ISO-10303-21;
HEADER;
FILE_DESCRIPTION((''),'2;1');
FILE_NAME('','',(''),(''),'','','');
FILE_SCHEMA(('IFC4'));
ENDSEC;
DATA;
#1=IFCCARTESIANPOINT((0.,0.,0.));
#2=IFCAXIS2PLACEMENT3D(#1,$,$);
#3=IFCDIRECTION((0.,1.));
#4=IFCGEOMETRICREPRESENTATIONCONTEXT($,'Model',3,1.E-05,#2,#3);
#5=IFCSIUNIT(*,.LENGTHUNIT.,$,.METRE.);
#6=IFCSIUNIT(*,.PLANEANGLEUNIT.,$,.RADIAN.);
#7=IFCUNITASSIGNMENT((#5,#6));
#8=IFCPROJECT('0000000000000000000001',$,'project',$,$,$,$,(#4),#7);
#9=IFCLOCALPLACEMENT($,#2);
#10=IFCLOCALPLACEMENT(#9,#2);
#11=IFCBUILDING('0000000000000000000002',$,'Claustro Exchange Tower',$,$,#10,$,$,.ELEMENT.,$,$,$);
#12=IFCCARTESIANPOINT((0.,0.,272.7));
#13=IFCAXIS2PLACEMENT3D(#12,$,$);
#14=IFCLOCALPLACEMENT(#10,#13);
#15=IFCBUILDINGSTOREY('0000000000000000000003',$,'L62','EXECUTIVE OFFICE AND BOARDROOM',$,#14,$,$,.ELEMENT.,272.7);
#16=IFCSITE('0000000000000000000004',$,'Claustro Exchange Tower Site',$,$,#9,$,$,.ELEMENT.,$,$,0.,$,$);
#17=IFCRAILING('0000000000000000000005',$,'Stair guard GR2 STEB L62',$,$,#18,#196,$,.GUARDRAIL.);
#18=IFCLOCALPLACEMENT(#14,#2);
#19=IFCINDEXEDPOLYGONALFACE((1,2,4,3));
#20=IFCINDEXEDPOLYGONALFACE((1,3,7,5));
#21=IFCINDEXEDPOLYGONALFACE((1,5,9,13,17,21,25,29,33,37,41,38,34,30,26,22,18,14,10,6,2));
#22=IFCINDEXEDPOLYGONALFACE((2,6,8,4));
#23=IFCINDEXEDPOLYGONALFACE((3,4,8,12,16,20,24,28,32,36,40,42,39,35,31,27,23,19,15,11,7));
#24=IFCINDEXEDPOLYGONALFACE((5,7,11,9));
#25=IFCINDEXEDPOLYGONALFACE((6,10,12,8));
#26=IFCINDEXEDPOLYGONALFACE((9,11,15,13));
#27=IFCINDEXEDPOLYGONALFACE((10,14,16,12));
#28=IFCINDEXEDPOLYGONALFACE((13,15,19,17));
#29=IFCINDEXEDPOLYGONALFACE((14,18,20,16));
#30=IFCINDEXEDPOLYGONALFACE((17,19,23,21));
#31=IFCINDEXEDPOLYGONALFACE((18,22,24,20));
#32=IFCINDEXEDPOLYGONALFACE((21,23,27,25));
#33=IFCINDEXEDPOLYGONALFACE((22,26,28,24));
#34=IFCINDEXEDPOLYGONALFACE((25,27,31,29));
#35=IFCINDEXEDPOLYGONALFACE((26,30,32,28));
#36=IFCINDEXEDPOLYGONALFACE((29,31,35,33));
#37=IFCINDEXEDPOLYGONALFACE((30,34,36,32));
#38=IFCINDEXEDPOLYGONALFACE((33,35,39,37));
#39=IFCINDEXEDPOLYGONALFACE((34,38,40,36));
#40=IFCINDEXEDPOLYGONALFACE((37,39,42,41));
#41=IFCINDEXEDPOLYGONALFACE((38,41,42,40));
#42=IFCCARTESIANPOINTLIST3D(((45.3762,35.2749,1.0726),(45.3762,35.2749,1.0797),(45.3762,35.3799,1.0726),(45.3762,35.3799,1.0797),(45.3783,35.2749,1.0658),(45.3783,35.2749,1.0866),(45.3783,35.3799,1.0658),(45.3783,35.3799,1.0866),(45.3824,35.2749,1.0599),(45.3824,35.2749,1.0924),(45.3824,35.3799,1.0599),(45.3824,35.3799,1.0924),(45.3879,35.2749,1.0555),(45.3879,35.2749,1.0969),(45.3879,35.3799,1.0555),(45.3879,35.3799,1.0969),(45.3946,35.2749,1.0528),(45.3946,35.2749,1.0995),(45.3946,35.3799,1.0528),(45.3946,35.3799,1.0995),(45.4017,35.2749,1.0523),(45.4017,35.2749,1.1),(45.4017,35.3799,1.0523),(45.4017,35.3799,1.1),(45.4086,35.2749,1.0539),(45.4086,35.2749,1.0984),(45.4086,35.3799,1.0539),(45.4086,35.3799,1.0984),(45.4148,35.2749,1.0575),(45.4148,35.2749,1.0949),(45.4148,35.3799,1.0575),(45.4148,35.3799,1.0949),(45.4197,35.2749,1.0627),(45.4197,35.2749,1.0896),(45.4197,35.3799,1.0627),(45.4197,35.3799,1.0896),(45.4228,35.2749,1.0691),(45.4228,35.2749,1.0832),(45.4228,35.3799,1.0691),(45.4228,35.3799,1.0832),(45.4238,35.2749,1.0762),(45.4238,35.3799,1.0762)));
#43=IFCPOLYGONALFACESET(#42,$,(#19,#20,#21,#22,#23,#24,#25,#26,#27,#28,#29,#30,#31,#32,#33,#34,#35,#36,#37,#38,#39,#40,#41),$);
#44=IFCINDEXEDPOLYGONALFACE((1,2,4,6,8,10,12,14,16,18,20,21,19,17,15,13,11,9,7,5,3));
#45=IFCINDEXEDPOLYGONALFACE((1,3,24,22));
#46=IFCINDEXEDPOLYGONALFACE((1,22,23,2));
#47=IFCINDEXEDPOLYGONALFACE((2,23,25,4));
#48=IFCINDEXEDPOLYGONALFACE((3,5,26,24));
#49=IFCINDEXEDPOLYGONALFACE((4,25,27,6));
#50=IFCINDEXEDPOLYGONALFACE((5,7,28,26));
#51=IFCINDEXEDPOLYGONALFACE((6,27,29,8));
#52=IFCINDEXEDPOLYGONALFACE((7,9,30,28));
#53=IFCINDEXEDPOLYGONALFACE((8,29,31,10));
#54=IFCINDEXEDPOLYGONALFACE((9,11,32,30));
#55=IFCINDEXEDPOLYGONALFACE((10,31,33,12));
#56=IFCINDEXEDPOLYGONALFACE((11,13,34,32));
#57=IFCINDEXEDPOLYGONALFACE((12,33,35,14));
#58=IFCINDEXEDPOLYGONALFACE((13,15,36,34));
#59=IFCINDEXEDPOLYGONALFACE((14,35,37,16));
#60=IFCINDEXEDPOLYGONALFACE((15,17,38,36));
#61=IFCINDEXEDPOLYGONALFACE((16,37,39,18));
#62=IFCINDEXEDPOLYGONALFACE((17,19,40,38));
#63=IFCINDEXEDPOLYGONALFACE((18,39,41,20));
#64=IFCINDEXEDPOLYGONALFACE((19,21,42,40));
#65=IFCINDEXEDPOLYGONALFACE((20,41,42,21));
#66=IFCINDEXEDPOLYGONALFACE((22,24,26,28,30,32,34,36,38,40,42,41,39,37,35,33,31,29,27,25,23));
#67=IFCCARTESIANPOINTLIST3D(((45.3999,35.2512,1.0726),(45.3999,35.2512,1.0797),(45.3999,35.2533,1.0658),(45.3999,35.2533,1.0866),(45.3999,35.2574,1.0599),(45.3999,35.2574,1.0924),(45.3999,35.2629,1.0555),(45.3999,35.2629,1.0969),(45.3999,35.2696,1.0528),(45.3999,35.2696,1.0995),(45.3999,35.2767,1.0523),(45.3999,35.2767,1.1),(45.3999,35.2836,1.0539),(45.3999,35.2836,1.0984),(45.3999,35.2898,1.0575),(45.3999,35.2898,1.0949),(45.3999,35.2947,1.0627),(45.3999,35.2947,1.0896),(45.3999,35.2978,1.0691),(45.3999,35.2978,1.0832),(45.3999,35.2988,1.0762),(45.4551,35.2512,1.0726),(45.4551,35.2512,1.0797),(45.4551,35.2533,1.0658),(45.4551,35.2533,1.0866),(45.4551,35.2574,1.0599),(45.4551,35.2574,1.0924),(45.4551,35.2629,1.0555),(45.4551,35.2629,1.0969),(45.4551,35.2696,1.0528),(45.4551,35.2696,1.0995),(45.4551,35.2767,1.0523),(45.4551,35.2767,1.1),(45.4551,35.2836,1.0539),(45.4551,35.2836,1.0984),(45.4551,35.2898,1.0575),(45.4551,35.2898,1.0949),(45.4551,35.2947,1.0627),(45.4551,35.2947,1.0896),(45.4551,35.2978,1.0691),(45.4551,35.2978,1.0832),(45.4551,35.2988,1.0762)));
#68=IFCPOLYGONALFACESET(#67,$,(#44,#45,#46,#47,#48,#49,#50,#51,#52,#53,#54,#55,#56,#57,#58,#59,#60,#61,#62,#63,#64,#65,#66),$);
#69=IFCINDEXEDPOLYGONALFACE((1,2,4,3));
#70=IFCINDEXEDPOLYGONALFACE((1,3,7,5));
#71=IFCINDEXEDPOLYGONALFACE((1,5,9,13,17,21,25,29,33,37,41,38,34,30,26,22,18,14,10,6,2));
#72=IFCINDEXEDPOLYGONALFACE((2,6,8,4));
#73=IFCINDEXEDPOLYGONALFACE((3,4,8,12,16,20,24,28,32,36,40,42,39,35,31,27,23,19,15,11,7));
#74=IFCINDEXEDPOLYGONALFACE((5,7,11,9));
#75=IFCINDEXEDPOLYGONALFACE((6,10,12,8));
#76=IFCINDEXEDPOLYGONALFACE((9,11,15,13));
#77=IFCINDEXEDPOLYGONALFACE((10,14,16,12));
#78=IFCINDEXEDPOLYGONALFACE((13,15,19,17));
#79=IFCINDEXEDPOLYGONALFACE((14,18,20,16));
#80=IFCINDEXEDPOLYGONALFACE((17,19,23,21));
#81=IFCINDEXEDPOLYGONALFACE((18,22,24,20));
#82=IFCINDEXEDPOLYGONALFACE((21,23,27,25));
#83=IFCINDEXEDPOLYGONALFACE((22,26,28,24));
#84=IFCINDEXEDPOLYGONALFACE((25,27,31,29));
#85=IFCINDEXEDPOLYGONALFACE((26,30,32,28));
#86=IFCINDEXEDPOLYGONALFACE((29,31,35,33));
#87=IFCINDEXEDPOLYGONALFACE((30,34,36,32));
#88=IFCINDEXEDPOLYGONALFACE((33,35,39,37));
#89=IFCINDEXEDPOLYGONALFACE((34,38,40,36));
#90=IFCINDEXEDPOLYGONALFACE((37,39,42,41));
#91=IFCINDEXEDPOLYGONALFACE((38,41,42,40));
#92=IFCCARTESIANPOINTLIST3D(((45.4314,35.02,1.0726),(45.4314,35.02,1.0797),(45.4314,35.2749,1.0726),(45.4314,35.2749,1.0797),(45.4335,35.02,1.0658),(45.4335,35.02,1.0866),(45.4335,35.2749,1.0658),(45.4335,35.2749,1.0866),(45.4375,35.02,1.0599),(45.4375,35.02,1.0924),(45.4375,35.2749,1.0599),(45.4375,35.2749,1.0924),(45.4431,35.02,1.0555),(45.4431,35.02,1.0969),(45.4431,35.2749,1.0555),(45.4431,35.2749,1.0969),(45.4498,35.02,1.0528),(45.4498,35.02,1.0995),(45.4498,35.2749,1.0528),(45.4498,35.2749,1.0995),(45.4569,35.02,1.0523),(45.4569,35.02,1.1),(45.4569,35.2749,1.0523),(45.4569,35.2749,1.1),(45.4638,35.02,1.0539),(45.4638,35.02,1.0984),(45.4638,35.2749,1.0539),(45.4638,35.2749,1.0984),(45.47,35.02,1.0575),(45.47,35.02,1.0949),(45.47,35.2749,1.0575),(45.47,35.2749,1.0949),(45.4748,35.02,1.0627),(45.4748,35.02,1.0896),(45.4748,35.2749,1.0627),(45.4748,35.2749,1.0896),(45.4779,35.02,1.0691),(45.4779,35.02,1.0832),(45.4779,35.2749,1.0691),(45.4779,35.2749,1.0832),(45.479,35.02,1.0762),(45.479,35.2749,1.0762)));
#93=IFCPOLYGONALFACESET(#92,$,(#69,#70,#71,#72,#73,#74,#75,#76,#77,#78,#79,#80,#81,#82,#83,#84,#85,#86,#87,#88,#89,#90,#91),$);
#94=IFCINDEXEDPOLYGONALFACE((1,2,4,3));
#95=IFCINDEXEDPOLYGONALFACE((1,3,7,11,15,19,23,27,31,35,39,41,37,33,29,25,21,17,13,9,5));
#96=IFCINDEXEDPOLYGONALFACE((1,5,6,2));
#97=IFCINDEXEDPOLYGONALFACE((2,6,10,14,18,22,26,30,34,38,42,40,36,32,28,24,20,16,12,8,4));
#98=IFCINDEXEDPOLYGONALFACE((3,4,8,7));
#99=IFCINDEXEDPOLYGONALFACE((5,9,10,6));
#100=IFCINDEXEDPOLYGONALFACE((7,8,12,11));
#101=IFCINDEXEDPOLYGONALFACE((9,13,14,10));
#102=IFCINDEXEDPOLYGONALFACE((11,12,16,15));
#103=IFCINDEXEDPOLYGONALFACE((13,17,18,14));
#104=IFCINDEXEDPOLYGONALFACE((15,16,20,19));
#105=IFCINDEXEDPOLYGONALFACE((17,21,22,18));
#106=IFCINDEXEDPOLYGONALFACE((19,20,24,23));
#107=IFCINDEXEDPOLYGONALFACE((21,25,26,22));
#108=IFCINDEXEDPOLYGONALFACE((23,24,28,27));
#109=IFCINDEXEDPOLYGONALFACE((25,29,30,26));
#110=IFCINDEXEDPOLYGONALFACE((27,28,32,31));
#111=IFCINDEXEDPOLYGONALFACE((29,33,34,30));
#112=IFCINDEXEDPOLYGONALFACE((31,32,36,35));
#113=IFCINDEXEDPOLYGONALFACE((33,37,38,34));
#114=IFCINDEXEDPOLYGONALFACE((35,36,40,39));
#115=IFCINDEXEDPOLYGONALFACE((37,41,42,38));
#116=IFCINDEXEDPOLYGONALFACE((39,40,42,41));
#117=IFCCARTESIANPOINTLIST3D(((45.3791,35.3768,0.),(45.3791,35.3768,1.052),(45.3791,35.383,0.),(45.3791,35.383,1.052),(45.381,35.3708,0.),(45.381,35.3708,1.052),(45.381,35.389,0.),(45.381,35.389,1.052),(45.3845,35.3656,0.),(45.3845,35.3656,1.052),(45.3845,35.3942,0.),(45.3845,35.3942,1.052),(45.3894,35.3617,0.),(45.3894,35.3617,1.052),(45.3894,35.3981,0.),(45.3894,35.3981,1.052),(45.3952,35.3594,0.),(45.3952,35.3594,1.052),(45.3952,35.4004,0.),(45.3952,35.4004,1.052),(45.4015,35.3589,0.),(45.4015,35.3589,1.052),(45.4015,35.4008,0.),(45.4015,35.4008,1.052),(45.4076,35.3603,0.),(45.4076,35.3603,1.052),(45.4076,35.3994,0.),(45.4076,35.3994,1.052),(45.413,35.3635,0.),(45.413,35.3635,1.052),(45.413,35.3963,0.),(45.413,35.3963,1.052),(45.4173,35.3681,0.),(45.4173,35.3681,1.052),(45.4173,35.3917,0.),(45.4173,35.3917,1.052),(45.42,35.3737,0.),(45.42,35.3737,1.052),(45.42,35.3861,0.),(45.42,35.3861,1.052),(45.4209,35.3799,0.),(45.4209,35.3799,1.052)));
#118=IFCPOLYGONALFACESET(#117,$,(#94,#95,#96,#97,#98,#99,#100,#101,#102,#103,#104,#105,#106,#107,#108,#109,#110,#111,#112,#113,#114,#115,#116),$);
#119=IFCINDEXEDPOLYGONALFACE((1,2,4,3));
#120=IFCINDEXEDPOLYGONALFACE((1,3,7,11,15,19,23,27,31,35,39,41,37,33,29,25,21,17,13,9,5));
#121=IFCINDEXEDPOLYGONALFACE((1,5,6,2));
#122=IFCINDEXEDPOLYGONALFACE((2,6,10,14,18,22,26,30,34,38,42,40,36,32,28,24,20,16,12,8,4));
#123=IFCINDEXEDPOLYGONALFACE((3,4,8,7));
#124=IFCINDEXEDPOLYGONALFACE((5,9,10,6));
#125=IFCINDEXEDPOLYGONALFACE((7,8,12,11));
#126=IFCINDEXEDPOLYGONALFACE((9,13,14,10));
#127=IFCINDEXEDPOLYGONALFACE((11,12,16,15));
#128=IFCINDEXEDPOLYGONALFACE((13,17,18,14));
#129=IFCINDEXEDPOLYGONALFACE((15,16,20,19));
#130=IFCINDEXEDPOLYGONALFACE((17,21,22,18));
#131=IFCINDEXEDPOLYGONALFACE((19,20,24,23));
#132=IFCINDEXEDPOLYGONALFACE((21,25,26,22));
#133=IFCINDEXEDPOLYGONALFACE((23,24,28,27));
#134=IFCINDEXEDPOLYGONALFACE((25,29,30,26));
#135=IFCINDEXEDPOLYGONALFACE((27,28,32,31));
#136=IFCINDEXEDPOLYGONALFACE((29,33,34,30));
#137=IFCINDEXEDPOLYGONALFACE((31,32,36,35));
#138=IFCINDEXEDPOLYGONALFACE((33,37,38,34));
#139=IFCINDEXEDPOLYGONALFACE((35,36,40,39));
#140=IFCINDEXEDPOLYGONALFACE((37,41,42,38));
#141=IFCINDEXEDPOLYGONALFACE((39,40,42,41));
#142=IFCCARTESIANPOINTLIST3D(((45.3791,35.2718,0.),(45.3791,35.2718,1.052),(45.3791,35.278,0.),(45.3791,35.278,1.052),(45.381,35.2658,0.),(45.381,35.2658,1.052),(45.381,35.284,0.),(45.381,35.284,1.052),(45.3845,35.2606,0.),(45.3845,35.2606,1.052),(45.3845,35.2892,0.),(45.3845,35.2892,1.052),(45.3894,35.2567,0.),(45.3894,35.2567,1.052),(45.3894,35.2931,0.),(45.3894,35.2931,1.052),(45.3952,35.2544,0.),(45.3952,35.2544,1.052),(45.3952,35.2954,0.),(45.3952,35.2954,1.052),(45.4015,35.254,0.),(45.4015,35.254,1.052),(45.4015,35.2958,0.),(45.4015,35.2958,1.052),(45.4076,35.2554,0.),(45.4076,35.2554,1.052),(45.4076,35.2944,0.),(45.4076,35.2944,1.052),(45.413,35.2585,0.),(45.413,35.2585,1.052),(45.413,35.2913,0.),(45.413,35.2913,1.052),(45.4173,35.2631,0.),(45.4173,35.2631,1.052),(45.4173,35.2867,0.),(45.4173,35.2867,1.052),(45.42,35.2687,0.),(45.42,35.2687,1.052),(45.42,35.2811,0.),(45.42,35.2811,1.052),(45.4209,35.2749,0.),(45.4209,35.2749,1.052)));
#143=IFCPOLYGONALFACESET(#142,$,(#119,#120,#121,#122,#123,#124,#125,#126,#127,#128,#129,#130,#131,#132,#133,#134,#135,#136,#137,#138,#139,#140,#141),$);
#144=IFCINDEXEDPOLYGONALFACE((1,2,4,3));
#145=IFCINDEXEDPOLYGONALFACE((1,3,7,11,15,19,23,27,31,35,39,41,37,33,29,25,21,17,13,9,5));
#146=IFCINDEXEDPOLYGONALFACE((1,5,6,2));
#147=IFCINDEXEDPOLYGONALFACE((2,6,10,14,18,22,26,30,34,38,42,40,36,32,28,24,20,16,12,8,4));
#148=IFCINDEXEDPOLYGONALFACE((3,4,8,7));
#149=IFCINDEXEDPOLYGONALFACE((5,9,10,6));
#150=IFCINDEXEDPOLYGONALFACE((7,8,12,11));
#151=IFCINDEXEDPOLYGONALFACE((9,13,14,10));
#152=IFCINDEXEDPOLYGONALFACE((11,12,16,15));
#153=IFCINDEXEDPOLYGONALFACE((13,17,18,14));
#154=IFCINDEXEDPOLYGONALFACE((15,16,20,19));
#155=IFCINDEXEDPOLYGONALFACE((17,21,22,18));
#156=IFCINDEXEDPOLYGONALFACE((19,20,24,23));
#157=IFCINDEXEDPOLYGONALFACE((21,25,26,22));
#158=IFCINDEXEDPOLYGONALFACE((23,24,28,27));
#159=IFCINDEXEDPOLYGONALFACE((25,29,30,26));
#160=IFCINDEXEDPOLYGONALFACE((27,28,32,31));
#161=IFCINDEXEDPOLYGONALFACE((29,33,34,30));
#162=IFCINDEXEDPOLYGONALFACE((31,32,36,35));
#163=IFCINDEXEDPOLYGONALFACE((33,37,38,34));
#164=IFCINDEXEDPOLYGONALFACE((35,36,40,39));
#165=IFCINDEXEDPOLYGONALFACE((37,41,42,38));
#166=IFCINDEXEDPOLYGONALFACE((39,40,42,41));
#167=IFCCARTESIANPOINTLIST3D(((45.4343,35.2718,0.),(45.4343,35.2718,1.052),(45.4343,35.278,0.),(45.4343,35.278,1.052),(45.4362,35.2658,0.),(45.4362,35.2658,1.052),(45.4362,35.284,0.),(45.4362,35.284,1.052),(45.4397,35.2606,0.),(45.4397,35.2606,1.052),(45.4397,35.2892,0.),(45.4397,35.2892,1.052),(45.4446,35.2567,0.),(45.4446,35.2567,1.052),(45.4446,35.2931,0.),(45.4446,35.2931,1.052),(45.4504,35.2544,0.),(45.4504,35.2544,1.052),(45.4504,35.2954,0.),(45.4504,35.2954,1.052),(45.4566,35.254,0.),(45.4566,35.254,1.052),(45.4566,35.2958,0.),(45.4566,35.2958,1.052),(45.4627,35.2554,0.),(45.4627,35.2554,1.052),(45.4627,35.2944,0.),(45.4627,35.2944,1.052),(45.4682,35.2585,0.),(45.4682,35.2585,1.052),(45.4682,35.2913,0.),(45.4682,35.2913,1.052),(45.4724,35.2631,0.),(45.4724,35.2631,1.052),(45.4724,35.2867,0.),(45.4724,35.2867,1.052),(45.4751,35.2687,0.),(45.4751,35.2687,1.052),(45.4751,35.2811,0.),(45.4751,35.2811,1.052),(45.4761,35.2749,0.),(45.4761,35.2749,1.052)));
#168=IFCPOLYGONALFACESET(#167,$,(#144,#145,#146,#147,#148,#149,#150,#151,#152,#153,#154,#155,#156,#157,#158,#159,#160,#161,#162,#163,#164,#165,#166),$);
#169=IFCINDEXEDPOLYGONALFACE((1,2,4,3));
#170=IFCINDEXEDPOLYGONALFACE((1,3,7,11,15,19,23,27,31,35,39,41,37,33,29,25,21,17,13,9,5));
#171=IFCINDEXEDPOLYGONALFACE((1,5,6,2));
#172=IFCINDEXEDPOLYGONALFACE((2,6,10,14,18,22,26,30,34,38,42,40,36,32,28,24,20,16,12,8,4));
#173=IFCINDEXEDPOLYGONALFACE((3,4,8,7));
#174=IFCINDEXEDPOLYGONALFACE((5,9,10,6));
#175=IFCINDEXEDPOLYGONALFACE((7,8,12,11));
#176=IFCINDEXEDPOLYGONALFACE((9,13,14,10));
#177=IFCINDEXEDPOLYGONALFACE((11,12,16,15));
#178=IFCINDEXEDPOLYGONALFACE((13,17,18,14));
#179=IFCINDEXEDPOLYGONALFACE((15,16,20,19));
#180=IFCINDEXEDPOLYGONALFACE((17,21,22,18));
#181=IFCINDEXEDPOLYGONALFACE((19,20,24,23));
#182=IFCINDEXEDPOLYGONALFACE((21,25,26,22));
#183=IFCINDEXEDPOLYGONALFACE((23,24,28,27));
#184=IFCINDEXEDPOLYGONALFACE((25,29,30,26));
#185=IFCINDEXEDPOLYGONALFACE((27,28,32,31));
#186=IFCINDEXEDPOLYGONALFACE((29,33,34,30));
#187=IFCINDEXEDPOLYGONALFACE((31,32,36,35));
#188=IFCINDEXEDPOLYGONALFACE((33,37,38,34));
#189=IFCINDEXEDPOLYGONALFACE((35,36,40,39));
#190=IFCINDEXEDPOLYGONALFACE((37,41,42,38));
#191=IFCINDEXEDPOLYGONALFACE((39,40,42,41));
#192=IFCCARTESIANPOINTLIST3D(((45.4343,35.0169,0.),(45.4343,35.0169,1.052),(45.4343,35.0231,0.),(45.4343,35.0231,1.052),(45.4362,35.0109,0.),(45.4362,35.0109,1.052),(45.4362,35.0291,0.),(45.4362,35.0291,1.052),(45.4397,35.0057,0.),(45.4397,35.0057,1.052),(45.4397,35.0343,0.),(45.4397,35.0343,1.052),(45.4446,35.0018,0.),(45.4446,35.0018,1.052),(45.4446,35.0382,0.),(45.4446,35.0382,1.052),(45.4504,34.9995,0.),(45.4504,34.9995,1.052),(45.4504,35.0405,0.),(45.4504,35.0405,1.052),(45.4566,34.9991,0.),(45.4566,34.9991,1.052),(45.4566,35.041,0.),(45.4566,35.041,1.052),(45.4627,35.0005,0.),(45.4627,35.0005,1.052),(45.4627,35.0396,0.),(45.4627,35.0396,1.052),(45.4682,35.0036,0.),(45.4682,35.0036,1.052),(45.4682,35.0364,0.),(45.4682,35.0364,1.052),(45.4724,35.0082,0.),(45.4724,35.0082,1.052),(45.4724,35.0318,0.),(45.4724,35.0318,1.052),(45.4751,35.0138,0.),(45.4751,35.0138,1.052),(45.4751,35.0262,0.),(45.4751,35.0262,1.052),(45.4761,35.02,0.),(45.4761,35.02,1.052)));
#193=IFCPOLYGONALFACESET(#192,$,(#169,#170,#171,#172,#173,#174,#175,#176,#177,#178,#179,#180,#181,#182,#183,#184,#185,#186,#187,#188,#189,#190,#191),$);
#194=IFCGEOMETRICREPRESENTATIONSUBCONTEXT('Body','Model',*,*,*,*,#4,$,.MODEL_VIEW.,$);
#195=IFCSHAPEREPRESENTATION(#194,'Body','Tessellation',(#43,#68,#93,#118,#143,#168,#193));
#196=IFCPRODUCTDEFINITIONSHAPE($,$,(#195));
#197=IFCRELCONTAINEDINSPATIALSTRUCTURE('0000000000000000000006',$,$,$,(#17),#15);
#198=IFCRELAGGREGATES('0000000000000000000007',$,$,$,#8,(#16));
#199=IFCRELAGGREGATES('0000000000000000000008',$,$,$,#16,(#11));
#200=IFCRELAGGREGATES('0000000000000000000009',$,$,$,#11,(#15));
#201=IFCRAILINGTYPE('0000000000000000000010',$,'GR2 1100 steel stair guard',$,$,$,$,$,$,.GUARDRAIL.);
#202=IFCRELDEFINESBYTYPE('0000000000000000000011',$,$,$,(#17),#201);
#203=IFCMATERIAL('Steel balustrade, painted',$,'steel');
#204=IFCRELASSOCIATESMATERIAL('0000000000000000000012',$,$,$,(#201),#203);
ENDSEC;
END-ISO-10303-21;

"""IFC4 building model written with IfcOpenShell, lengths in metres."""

from ifc_helpers import new_model, si_unit, direction, frame, origin, origin_2d, place, context, subcontext, project, spatial, circle, extrude, material, type_object, element, save


model = new_model("IFC4")

# Units and contexts
model_context = context("Model", 3, precision=1e-05, world=origin(), true_north=direction((0.0, 1.0)))
body_context = subcontext(model_context, "Body", "Model", "MODEL_VIEW")
ifc_project = project(units=[si_unit("LENGTHUNIT", "METRE"), si_unit("PLANEANGLEUNIT", "RADIAN")], contexts=[model_context])

# Site, building, storey
site_placement = place(None, origin())
site = spatial("IfcSite", under=ifc_project, at=site_placement, Name="Claustro Exchange Tower Site", CompositionType="ELEMENT", RefElevation=0.0)
building_placement = place(site_placement, origin())
building = spatial("IfcBuilding", under=site, at=building_placement, Name="Claustro Exchange Tower", CompositionType="ELEMENT")
storey_placement = place(building_placement, frame((0.0, 0.0, 272.7)))
storey = spatial("IfcBuildingStorey", under=building, at=storey_placement, Name="L62", Description="EXECUTIVE OFFICE AND BOARDROOM", CompositionType="ELEMENT", Elevation=272.7)

# Railing
ifc_material_1 = material(Name="Steel balustrade, painted", Category="steel")
railing_type_1 = type_object("IfcRailingType", Name="GR2 1100 steel stair guard", PredefinedType="GUARDRAIL", material=ifc_material_1)
railing_1_placement = place(storey_placement, frame((45.3999, 35.3799, 0.0)))
element("IfcRailing", 1, at=railing_1_placement, inside=storey, type_object=railing_type_1, Name="Stair guard GR2 STEB L62", PredefinedType="GUARDRAIL", context=body_context, shape_type="SweptSolid", body=[
    extrude(circle(Radius=0.0239, at=origin_2d()), frame((0.0, 0.0, 1.0762), z_axis=(0.0, -1.0, 0.0), x_axis=(1.0, 0.0, 0.0)), (0.0, 0.0, 1.0), 0.105),
    extrude(circle(Radius=0.0239, at=origin_2d()), frame((0.0, -0.105, 1.0762), z_axis=(1.0, 0.0, 0.0), x_axis=(0.0, 1.0, 0.0)), (0.0, 0.0, 1.0), 0.0552),
    extrude(circle(Radius=0.0239, at=origin_2d()), frame((0.0552, -0.105, 1.0762), z_axis=(0.0, -1.0, 0.0), x_axis=(1.0, 0.0, 0.0)), (0.0, 0.0, 1.0), 0.2549),
    extrude(circle(Radius=0.021, at=origin_2d()), origin(), (0.0, 0.0, 1.0), 1.052),
    extrude(circle(Radius=0.021, at=origin_2d()), frame((0.0, -0.105, 0.0)), (0.0, 0.0, 1.0), 1.052),
    extrude(circle(Radius=0.021, at=origin_2d()), frame((0.0552, -0.105, 0.0)), (0.0, 0.0, 1.0), 1.052),
    extrude(circle(Radius=0.021, at=origin_2d()), frame((0.0552, -0.3599, 0.0)), (0.0, 0.0, 1.0), 1.052),
])

save(model, "model.ifc")
